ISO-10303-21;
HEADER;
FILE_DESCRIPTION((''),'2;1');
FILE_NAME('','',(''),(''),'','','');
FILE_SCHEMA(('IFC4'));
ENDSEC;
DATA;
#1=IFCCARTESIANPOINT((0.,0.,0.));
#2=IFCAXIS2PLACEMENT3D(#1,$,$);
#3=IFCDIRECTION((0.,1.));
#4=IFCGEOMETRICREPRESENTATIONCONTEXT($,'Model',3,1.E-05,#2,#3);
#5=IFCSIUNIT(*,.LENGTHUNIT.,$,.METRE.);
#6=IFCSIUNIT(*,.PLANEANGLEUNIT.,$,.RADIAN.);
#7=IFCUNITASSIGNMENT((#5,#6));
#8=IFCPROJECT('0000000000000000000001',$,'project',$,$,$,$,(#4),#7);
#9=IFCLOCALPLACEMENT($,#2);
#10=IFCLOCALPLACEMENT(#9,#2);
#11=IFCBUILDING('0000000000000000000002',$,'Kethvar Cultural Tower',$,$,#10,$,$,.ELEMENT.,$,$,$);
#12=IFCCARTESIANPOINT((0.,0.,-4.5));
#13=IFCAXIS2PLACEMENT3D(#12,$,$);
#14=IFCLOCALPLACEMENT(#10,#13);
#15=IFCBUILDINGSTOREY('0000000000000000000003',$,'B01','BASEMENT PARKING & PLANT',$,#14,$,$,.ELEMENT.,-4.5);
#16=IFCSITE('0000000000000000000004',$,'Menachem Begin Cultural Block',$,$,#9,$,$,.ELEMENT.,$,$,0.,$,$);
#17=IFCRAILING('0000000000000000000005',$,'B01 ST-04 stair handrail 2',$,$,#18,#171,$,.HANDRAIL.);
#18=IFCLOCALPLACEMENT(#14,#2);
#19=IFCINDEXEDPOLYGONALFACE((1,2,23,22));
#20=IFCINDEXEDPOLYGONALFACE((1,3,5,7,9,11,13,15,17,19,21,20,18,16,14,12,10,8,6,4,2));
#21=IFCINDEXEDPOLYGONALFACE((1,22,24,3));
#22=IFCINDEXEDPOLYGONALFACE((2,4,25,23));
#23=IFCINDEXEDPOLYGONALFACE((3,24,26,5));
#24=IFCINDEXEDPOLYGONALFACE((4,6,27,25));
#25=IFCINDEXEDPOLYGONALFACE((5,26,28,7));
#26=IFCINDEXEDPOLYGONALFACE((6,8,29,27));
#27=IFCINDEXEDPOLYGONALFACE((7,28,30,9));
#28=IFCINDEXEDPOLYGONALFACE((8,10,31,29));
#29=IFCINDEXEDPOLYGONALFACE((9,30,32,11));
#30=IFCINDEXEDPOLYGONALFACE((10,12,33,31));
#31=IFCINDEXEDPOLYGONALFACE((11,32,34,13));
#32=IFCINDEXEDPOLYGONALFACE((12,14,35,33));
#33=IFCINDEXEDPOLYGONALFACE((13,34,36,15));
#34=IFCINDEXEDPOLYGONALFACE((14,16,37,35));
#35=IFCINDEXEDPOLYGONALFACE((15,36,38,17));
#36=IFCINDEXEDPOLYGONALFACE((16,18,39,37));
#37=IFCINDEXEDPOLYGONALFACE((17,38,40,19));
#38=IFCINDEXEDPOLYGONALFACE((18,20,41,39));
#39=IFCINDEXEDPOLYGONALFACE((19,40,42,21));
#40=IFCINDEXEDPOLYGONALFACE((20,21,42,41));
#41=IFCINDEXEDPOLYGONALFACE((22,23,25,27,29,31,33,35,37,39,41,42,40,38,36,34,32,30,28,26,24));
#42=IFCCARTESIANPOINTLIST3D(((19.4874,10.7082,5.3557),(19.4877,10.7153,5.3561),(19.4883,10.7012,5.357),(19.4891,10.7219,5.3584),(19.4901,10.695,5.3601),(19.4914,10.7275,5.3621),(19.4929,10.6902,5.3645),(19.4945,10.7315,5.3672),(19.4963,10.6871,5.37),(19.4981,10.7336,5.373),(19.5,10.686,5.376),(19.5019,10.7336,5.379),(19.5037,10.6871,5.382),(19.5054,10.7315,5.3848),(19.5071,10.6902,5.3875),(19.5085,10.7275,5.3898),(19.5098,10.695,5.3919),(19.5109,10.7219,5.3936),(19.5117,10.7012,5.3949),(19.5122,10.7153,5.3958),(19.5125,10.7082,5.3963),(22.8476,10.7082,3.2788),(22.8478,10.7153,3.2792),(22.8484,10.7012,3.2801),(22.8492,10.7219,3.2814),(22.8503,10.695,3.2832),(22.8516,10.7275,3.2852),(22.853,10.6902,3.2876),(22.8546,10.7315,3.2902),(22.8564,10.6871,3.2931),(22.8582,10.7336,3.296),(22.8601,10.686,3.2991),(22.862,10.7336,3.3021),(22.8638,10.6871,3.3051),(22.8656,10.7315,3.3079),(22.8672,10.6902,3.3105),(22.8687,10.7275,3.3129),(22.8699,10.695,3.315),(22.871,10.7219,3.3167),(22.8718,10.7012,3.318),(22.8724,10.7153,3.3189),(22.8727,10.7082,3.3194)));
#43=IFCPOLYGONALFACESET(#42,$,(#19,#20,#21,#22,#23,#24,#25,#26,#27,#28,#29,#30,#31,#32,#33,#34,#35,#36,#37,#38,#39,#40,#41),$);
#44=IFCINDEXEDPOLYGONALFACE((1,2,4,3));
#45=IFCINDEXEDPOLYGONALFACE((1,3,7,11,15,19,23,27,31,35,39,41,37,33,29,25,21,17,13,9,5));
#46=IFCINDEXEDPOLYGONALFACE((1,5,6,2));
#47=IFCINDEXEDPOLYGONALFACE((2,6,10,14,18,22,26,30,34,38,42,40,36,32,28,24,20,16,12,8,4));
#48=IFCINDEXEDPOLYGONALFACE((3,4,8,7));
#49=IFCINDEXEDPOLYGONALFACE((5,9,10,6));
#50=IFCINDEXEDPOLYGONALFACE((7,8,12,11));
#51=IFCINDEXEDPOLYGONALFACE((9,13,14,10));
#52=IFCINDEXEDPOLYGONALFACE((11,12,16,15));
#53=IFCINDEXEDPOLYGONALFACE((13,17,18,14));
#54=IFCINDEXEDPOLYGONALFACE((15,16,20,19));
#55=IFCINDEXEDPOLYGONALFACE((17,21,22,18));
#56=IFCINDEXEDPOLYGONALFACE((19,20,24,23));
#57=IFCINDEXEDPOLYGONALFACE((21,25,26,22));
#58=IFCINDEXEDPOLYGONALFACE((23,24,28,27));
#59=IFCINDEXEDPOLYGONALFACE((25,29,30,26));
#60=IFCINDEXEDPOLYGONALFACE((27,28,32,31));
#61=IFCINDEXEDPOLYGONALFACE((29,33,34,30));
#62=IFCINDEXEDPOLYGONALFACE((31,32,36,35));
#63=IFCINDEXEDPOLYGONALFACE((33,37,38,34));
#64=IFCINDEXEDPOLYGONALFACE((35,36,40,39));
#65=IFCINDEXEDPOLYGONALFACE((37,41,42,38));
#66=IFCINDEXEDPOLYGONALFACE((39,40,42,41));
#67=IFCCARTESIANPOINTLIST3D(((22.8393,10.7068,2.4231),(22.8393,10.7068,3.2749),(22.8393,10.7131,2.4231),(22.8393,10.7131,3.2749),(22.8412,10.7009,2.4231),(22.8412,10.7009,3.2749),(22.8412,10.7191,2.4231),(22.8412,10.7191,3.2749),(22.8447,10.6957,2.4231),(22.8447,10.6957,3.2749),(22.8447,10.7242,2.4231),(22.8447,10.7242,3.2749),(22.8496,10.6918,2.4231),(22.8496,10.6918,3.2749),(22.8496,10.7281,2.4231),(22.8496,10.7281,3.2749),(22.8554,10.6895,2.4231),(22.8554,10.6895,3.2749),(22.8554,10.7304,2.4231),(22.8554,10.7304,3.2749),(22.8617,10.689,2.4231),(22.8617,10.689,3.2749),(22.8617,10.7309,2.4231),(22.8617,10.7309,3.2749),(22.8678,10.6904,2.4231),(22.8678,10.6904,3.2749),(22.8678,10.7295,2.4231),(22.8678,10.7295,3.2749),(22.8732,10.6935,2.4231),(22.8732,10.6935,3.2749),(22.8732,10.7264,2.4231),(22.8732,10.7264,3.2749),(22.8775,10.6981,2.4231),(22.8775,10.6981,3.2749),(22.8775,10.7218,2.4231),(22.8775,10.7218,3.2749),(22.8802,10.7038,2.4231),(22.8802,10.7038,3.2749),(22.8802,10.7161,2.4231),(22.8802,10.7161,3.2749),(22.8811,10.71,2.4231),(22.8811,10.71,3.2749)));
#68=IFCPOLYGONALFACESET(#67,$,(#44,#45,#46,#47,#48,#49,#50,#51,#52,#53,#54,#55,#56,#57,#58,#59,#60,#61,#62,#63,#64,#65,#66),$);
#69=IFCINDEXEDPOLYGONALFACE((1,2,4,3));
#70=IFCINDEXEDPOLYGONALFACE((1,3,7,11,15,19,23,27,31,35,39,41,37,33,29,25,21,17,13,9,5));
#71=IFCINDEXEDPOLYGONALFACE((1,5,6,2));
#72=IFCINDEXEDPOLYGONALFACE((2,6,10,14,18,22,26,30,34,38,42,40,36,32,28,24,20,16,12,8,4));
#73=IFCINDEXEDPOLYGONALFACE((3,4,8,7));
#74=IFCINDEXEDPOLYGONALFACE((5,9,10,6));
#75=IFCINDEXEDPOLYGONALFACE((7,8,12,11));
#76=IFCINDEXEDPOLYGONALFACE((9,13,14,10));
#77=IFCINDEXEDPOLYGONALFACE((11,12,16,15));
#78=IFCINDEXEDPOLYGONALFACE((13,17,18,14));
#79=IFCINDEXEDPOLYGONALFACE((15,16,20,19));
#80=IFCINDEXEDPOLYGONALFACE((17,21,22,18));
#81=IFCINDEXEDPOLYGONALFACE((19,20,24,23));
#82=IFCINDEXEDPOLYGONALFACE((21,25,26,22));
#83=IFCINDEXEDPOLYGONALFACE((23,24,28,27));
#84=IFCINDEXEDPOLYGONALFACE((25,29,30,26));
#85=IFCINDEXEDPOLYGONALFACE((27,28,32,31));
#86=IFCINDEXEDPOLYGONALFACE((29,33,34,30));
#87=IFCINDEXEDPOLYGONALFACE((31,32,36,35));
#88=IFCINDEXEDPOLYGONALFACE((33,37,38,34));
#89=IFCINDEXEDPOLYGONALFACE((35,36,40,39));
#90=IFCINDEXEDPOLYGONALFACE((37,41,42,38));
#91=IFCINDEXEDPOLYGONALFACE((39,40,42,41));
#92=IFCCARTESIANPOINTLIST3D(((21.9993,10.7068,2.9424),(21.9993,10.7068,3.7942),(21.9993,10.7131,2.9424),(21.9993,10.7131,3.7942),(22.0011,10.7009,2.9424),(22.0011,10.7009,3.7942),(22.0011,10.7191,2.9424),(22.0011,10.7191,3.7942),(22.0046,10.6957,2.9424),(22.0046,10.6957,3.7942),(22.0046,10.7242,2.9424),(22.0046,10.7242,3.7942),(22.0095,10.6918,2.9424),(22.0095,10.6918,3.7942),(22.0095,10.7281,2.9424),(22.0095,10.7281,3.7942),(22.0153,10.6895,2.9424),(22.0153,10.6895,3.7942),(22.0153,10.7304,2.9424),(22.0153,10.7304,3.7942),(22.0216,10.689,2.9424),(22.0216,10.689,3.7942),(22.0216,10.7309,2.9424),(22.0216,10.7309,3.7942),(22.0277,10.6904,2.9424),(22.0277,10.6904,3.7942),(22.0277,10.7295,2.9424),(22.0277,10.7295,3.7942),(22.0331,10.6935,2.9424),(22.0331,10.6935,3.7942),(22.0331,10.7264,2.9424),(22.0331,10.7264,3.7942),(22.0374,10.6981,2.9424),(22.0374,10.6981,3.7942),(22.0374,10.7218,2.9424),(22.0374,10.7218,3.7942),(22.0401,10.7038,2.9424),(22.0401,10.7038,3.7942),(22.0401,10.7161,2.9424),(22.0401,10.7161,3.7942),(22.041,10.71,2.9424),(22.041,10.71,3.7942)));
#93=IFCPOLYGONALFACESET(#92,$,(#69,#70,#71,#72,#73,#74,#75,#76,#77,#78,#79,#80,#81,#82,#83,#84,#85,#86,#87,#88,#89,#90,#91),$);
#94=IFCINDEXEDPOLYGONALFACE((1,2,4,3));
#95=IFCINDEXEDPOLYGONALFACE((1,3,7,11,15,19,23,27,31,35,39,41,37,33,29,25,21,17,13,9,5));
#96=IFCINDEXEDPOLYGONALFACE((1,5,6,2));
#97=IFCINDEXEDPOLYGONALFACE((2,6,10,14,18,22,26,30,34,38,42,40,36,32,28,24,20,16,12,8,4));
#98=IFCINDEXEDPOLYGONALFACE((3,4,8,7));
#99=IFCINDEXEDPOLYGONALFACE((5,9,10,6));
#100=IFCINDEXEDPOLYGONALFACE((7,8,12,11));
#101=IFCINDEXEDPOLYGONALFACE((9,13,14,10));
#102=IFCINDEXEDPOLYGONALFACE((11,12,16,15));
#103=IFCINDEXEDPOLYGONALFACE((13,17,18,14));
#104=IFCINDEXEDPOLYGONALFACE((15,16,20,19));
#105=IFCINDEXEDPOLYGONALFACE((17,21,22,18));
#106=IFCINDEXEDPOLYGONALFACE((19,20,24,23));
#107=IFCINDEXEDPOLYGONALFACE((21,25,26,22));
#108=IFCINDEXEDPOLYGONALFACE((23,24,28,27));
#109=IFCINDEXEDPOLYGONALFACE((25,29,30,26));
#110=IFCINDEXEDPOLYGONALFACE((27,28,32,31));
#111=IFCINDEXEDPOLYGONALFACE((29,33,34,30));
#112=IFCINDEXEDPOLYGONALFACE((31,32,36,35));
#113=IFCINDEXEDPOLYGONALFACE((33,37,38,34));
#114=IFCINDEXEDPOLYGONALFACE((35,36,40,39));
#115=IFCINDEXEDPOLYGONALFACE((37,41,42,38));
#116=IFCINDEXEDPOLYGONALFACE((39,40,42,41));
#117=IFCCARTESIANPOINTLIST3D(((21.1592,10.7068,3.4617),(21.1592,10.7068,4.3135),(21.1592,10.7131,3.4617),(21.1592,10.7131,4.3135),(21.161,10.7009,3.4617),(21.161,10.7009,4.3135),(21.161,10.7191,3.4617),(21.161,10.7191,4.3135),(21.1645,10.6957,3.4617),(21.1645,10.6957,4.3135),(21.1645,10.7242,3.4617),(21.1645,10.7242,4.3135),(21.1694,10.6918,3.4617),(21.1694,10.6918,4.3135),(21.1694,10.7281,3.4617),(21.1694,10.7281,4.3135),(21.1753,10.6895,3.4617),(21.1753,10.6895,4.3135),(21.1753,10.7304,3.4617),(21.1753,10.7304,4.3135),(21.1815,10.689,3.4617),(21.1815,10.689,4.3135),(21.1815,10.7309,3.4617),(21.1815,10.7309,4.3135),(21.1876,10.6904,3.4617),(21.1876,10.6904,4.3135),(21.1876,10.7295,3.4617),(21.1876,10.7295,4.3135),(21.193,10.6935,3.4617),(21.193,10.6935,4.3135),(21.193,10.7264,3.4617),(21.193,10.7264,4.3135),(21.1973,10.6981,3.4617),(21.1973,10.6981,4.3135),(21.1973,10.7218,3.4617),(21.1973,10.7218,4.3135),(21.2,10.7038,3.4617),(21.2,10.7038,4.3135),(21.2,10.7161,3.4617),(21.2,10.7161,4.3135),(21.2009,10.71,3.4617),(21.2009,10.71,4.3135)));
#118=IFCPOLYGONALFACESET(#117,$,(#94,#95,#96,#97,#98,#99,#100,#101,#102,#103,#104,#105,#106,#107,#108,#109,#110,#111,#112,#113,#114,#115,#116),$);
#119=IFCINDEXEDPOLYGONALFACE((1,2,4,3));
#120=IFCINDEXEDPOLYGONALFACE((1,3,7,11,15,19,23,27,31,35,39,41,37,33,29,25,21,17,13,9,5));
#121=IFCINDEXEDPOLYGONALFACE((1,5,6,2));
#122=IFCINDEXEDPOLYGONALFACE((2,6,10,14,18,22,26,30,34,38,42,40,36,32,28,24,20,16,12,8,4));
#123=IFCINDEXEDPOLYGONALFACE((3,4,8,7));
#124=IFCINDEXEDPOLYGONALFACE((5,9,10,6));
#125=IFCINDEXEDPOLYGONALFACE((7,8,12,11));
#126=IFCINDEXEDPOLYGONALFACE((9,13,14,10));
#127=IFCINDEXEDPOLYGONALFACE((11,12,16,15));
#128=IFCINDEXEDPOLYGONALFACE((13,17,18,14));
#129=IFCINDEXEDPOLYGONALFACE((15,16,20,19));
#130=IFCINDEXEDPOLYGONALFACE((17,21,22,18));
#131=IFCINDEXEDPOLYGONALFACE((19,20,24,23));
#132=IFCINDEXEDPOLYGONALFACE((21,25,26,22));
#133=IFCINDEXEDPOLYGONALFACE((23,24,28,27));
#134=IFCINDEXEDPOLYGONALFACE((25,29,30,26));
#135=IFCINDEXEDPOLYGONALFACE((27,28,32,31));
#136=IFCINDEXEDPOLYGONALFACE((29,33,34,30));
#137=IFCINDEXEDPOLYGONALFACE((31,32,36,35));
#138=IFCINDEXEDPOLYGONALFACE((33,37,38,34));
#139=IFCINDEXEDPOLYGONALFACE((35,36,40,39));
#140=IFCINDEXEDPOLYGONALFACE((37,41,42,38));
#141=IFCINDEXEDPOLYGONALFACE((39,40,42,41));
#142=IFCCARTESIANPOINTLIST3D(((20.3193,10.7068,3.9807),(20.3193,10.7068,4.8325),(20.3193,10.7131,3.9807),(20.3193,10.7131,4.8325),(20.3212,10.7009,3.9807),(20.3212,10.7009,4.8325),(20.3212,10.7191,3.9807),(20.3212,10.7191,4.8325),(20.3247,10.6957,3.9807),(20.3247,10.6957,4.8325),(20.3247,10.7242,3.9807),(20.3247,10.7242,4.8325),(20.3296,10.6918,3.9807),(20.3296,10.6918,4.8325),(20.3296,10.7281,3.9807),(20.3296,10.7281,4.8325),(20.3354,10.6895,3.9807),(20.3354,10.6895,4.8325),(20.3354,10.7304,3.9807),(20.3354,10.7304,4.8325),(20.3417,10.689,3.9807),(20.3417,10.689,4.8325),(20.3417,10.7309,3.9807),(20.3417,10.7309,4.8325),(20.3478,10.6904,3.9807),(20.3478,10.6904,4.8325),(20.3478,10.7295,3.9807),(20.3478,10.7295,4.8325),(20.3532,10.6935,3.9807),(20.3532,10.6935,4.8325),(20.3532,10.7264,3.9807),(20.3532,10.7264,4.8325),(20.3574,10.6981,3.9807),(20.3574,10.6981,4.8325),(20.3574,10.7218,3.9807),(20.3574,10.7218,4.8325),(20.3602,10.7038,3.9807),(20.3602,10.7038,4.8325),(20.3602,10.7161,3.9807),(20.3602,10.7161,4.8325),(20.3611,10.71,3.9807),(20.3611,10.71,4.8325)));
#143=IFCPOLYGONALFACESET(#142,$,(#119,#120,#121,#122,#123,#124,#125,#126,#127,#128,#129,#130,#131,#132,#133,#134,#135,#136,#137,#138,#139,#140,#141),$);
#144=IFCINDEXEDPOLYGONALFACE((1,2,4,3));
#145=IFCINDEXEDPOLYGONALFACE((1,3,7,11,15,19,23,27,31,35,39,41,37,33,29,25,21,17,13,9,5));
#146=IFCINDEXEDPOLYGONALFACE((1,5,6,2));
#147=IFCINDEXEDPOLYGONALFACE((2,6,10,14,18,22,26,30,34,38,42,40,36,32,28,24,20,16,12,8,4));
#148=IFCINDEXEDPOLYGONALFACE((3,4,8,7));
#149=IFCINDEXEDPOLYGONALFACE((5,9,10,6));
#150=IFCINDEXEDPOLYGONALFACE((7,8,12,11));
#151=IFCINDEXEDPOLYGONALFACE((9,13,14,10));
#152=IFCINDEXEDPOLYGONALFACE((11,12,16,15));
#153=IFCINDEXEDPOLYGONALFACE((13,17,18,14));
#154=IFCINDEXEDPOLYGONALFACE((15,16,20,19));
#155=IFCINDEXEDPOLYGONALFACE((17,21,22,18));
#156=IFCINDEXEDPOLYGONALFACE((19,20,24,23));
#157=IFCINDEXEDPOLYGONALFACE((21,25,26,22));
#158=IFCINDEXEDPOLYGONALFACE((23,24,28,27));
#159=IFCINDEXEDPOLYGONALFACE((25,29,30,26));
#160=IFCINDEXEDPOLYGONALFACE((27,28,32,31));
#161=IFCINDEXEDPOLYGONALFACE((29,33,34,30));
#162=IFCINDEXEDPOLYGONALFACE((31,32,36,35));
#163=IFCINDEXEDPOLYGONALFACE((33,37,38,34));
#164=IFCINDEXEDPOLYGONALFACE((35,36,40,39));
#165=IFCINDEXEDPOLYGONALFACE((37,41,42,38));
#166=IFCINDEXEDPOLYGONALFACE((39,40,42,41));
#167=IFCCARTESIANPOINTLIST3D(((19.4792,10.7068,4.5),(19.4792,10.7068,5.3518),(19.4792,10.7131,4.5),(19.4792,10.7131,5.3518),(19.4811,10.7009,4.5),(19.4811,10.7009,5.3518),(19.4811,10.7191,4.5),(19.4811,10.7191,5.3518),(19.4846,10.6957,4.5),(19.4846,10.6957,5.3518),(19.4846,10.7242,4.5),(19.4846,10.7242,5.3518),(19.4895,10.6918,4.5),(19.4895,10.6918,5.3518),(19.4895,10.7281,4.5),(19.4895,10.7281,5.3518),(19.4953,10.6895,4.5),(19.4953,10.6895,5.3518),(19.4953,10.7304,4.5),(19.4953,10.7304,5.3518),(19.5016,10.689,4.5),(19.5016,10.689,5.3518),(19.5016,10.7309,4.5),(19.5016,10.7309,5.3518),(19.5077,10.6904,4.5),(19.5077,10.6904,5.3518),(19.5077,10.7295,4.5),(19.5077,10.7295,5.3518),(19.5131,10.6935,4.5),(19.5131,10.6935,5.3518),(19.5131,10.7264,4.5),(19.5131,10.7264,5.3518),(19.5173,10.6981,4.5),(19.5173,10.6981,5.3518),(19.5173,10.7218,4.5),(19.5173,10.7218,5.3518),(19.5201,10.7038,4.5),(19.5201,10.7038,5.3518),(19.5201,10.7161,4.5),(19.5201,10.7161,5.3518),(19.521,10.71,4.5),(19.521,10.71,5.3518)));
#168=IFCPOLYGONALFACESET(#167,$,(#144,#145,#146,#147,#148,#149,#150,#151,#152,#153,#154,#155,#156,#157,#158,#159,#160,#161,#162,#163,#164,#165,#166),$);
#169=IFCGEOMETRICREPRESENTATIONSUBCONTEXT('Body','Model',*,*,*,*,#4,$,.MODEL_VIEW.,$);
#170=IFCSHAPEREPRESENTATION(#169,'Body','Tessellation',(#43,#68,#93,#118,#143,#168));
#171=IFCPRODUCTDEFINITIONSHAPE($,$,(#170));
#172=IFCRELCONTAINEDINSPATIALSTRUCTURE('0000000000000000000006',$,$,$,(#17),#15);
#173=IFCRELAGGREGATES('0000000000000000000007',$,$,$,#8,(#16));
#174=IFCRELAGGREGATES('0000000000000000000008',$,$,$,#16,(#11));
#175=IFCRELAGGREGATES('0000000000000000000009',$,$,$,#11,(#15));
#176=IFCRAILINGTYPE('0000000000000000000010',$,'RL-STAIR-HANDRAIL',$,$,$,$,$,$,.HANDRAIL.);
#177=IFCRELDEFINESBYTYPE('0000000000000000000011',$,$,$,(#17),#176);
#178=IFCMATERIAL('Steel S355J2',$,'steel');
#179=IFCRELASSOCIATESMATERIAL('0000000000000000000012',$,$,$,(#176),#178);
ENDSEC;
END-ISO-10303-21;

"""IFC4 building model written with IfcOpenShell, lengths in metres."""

from ifc_helpers import new_model, si_unit, direction, frame, origin, origin_2d, place, context, subcontext, project, spatial, circle, extrude, material, type_object, element, save


model = new_model("IFC4")

# Units and contexts
model_context = context("Model", 3, precision=1e-05, world=origin(), true_north=direction((0.0, 1.0)))
body_context = subcontext(model_context, "Body", "Model", "MODEL_VIEW")
ifc_project = project(units=[si_unit("LENGTHUNIT", "METRE"), si_unit("PLANEANGLEUNIT", "RADIAN")], contexts=[model_context])

# Site, building, storey
site_placement = place(None, origin())
site = spatial("IfcSite", under=ifc_project, at=site_placement, Name="Menachem Begin Cultural Block", CompositionType="ELEMENT", RefElevation=0.0)
building_placement = place(site_placement, origin())
building = spatial("IfcBuilding", under=site, at=building_placement, Name="Kethvar Cultural Tower", CompositionType="ELEMENT")
storey_placement = place(building_placement, frame((0.0, 0.0, -4.5)))
storey = spatial("IfcBuildingStorey", under=building, at=storey_placement, Name="B01", Description="BASEMENT PARKING & PLANT", CompositionType="ELEMENT", Elevation=-4.5)

# Shared definitions
ifc_material_1 = material(Name="Steel S355J2", Category="steel")

# Railing
railing_type_1 = type_object("IfcRailingType", Name="RL-STAIR-HANDRAIL", PredefinedType="HANDRAIL", material=ifc_material_1)
railing_1_placement = place(storey_placement, frame((22.8601, 10.71, 2.4231)))
element("IfcRailing", 1, at=railing_1_placement, inside=storey, type_object=railing_type_1, Name="B01 ST-04 stair handrail 2", PredefinedType="HANDRAIL", context=body_context, shape_type="SweptSolid", body=[
    extrude(circle(Radius=0.0239, at=origin_2d()), frame((0.0, 0.0, 0.876), z_axis=(-0.850623, 0.0, 0.525776), x_axis=(0.0, -1.0, 0.0)), (0.0, 0.0, 1.0), 3.9502),
    extrude(circle(Radius=0.021, at=origin_2d()), origin(), (0.0, 0.0, 1.0), 0.8518),
    extrude(circle(Radius=0.021, at=origin_2d()), frame((-0.8401, 0.0, 0.5193)), (0.0, 0.0, 1.0), 0.8518),
    extrude(circle(Radius=0.021, at=origin_2d()), frame((-1.6802, 0.0, 1.0386)), (0.0, 0.0, 1.0), 0.8518),
    extrude(circle(Radius=0.021, at=origin_2d()), frame((-2.52, 0.0, 1.5576)), (0.0, 0.0, 1.0), 0.8518),
    extrude(circle(Radius=0.021, at=origin_2d()), frame((-3.3601, 0.0, 2.0769)), (0.0, 0.0, 1.0), 0.8518),
])

save(model, "model.ifc")
